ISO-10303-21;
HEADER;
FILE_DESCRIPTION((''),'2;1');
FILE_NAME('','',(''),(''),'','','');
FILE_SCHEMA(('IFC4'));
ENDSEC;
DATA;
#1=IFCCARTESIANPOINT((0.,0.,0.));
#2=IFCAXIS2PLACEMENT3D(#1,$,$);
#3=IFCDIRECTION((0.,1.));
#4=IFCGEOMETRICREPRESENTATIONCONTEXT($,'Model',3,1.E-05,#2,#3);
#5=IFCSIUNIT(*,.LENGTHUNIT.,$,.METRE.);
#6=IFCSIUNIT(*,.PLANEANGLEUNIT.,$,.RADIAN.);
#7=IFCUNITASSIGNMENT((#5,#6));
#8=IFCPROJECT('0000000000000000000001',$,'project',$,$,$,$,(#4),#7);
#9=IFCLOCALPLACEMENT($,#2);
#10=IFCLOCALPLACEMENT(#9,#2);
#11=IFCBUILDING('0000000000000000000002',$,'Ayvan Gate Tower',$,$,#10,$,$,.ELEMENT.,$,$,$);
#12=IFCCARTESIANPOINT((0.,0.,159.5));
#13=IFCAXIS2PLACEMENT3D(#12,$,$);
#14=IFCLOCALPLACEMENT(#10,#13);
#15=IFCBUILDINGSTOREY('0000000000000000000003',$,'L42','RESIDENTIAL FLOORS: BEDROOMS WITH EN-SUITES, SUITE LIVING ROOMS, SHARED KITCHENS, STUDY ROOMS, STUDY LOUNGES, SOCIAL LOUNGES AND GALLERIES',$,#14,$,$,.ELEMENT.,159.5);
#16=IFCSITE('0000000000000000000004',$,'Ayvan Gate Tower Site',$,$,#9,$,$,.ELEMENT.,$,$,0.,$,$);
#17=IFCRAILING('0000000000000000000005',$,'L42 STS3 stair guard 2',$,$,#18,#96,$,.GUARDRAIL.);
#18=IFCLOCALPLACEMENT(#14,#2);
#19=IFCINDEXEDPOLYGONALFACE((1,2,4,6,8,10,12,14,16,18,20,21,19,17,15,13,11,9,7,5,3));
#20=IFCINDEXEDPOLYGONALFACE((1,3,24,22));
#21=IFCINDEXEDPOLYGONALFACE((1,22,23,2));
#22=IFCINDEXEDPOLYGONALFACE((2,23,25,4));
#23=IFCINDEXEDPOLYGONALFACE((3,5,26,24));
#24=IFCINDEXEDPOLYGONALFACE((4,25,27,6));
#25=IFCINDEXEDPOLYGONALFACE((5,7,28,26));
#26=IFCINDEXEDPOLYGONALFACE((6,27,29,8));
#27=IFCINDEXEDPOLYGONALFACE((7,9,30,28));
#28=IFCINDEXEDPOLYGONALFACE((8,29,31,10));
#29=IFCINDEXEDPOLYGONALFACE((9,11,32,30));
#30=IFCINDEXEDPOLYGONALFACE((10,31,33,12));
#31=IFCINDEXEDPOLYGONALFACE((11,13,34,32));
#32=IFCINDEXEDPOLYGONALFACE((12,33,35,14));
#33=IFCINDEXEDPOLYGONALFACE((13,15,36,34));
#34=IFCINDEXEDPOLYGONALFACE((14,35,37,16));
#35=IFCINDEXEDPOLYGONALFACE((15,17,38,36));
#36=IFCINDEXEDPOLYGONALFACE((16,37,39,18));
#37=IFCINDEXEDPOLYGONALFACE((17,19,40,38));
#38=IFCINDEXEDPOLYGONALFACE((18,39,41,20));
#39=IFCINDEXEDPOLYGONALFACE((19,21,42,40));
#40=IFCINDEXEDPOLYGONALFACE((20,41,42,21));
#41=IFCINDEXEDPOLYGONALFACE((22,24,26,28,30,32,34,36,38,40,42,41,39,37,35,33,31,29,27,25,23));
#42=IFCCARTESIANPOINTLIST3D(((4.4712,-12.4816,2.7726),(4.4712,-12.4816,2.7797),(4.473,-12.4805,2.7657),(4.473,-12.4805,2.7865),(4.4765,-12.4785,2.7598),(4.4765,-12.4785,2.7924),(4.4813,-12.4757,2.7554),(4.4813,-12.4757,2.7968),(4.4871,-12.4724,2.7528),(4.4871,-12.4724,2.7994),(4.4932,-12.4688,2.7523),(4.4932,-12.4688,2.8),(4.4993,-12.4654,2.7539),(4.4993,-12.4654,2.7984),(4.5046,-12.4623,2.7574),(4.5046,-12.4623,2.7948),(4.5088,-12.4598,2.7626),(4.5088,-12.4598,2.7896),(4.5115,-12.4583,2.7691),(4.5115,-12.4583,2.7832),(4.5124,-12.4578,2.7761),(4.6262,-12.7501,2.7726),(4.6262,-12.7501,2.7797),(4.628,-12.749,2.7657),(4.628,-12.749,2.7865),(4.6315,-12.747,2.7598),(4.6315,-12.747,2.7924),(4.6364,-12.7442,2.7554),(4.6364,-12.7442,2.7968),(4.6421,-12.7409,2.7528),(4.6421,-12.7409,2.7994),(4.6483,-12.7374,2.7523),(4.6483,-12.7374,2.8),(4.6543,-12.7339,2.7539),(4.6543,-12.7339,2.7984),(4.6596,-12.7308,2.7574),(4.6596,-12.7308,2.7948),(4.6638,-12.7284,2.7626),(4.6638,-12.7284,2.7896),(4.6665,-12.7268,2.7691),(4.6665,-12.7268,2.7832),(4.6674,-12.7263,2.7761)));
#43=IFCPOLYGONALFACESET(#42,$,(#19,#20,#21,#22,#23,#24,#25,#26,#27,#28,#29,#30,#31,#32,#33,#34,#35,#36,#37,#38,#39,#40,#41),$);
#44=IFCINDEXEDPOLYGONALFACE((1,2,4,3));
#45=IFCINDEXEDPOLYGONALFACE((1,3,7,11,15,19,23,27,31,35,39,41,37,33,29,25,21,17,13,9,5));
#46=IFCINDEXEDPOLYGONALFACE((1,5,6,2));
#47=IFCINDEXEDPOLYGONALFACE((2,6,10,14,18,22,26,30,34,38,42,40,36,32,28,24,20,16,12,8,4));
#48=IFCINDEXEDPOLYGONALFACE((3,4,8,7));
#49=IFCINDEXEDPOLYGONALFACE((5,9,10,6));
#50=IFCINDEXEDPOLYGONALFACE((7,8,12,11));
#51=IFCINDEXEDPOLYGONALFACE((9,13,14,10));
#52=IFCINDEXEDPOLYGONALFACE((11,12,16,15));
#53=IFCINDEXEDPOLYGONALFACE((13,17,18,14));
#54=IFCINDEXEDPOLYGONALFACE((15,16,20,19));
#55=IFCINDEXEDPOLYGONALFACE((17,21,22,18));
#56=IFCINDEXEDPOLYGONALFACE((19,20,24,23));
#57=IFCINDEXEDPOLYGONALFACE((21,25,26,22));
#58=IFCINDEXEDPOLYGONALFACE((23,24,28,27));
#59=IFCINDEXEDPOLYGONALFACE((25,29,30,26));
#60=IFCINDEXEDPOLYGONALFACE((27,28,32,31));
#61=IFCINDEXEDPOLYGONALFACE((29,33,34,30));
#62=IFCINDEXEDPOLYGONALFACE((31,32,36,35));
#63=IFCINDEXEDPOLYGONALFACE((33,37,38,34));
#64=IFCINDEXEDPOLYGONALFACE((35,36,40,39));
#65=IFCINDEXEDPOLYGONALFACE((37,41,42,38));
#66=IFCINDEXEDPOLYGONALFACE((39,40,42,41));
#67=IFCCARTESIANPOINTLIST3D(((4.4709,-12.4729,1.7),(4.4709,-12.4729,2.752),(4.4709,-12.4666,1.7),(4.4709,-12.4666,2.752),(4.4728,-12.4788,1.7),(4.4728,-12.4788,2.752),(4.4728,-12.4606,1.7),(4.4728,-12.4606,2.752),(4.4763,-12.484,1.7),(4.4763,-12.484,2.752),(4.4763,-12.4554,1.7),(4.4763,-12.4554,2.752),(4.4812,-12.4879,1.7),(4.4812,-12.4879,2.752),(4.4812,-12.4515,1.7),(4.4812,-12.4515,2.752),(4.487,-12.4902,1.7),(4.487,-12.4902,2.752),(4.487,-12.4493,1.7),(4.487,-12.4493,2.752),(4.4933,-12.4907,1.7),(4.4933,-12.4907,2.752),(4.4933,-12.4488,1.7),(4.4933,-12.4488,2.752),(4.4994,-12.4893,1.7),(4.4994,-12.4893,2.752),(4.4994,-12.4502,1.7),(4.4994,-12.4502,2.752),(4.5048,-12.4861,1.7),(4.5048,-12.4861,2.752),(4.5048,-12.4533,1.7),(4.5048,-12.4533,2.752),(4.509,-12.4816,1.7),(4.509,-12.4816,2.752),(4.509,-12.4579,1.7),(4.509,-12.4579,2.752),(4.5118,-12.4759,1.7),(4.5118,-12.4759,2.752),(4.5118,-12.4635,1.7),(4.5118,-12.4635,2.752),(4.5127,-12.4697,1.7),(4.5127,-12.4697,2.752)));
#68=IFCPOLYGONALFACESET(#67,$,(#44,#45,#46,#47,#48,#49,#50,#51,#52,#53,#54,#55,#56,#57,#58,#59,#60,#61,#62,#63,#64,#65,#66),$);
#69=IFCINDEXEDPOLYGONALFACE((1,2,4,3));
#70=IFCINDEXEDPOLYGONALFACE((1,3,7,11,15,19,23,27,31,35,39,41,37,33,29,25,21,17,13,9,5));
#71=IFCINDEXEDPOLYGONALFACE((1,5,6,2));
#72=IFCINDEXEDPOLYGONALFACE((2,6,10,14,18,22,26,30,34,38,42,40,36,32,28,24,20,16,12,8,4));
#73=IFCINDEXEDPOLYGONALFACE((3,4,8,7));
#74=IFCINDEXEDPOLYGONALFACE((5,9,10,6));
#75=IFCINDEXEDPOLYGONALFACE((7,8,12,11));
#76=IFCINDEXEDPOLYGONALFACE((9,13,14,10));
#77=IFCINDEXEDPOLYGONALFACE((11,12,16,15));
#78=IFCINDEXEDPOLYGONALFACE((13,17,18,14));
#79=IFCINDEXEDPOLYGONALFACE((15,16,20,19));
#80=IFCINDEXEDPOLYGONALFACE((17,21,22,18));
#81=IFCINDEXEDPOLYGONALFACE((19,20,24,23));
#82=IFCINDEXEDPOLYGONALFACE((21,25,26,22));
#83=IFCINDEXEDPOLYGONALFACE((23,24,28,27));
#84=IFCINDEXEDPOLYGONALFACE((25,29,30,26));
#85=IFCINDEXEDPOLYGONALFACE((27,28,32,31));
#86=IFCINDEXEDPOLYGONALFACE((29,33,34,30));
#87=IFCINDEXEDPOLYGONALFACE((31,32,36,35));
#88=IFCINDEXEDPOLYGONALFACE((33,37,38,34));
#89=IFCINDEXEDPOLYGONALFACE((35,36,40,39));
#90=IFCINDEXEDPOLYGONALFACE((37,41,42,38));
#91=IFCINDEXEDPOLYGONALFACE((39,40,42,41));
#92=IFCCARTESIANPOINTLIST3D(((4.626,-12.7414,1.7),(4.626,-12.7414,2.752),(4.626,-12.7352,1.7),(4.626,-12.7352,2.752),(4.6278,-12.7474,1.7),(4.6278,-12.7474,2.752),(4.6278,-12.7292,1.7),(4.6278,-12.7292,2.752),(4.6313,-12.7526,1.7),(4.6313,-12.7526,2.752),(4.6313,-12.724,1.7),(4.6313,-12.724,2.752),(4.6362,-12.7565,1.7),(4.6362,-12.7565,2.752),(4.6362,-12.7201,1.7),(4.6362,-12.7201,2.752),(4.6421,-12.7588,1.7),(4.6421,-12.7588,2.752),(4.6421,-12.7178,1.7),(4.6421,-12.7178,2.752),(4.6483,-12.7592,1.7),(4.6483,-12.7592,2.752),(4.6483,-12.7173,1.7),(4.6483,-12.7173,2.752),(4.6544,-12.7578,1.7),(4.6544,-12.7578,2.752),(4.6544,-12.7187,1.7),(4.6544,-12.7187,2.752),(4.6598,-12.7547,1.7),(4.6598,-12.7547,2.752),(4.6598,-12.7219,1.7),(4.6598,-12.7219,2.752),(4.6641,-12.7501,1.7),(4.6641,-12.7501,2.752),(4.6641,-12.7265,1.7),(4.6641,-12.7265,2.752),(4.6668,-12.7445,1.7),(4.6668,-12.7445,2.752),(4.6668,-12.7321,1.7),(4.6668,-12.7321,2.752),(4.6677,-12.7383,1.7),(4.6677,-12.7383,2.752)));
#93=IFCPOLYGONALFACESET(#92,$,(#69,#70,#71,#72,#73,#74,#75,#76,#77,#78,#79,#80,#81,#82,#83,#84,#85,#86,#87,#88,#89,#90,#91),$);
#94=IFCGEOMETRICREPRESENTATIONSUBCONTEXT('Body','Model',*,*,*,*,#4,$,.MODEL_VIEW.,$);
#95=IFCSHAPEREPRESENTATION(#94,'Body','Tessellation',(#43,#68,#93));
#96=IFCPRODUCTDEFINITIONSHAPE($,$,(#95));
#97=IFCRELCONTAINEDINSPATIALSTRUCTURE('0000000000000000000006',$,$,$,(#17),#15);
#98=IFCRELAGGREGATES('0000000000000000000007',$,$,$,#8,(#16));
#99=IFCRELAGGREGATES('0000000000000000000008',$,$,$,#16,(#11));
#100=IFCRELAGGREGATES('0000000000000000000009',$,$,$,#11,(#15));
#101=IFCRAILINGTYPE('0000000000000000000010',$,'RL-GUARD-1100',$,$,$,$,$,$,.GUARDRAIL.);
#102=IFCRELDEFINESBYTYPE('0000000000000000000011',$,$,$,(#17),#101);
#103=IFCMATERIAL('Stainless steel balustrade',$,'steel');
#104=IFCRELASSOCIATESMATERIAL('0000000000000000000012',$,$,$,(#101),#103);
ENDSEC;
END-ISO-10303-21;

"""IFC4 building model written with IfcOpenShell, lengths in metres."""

from ifc_helpers import new_model, si_unit, direction, frame, origin, origin_2d, place, context, subcontext, project, spatial, circle, extrude, material, type_object, element, save


model = new_model("IFC4")

# Units and contexts
model_context = context("Model", 3, precision=1e-05, world=origin(), true_north=direction((0.0, 1.0)))
body_context = subcontext(model_context, "Body", "Model", "MODEL_VIEW")
ifc_project = project(units=[si_unit("LENGTHUNIT", "METRE"), si_unit("PLANEANGLEUNIT", "RADIAN")], contexts=[model_context])

# Site, building, storey
site_placement = place(None, origin())
site = spatial("IfcSite", under=ifc_project, at=site_placement, Name="Ayvan Gate Tower Site", CompositionType="ELEMENT", RefElevation=0.0)
building_placement = place(site_placement, origin())
building = spatial("IfcBuilding", under=site, at=building_placement, Name="Ayvan Gate Tower", CompositionType="ELEMENT")
storey_placement = place(building_placement, frame((0.0, 0.0, 159.5)))
storey = spatial("IfcBuildingStorey", under=building, at=storey_placement, Name="L42", Description="RESIDENTIAL FLOORS: BEDROOMS WITH EN-SUITES, SUITE LIVING ROOMS, SHARED KITCHENS, STUDY ROOMS, STUDY LOUNGES, SOCIAL LOUNGES AND GALLERIES", CompositionType="ELEMENT", Elevation=159.5)

# Railing
ifc_material_1 = material(Name="Stainless steel balustrade", Category="steel")
railing_type_1 = type_object("IfcRailingType", Name="RL-GUARD-1100", PredefinedType="GUARDRAIL", material=ifc_material_1)
railing_1_placement = place(storey_placement, frame((4.4917, -12.4697, 1.7)))
element("IfcRailing", 1, at=railing_1_placement, inside=storey, type_object=railing_type_1, Name="L42 STS3 stair guard 2", PredefinedType="GUARDRAIL", context=body_context, shape_type="SweptSolid", body=[
    extrude(circle(Radius=0.0239, at=origin_2d()), frame((0.0, 0.0, 1.0762), z_axis=(0.49995, -0.866054, 0.0), x_axis=(0.866054, 0.49995, 0.0)), (0.0, 0.0, 1.0), 0.3101),
    extrude(circle(Radius=0.021, at=origin_2d()), origin(), (0.0, 0.0, 1.0), 1.052),
    extrude(circle(Radius=0.021, at=origin_2d()), frame((0.155, -0.2686, 0.0)), (0.0, 0.0, 1.0), 1.052),
])

save(model, "model.ifc")
